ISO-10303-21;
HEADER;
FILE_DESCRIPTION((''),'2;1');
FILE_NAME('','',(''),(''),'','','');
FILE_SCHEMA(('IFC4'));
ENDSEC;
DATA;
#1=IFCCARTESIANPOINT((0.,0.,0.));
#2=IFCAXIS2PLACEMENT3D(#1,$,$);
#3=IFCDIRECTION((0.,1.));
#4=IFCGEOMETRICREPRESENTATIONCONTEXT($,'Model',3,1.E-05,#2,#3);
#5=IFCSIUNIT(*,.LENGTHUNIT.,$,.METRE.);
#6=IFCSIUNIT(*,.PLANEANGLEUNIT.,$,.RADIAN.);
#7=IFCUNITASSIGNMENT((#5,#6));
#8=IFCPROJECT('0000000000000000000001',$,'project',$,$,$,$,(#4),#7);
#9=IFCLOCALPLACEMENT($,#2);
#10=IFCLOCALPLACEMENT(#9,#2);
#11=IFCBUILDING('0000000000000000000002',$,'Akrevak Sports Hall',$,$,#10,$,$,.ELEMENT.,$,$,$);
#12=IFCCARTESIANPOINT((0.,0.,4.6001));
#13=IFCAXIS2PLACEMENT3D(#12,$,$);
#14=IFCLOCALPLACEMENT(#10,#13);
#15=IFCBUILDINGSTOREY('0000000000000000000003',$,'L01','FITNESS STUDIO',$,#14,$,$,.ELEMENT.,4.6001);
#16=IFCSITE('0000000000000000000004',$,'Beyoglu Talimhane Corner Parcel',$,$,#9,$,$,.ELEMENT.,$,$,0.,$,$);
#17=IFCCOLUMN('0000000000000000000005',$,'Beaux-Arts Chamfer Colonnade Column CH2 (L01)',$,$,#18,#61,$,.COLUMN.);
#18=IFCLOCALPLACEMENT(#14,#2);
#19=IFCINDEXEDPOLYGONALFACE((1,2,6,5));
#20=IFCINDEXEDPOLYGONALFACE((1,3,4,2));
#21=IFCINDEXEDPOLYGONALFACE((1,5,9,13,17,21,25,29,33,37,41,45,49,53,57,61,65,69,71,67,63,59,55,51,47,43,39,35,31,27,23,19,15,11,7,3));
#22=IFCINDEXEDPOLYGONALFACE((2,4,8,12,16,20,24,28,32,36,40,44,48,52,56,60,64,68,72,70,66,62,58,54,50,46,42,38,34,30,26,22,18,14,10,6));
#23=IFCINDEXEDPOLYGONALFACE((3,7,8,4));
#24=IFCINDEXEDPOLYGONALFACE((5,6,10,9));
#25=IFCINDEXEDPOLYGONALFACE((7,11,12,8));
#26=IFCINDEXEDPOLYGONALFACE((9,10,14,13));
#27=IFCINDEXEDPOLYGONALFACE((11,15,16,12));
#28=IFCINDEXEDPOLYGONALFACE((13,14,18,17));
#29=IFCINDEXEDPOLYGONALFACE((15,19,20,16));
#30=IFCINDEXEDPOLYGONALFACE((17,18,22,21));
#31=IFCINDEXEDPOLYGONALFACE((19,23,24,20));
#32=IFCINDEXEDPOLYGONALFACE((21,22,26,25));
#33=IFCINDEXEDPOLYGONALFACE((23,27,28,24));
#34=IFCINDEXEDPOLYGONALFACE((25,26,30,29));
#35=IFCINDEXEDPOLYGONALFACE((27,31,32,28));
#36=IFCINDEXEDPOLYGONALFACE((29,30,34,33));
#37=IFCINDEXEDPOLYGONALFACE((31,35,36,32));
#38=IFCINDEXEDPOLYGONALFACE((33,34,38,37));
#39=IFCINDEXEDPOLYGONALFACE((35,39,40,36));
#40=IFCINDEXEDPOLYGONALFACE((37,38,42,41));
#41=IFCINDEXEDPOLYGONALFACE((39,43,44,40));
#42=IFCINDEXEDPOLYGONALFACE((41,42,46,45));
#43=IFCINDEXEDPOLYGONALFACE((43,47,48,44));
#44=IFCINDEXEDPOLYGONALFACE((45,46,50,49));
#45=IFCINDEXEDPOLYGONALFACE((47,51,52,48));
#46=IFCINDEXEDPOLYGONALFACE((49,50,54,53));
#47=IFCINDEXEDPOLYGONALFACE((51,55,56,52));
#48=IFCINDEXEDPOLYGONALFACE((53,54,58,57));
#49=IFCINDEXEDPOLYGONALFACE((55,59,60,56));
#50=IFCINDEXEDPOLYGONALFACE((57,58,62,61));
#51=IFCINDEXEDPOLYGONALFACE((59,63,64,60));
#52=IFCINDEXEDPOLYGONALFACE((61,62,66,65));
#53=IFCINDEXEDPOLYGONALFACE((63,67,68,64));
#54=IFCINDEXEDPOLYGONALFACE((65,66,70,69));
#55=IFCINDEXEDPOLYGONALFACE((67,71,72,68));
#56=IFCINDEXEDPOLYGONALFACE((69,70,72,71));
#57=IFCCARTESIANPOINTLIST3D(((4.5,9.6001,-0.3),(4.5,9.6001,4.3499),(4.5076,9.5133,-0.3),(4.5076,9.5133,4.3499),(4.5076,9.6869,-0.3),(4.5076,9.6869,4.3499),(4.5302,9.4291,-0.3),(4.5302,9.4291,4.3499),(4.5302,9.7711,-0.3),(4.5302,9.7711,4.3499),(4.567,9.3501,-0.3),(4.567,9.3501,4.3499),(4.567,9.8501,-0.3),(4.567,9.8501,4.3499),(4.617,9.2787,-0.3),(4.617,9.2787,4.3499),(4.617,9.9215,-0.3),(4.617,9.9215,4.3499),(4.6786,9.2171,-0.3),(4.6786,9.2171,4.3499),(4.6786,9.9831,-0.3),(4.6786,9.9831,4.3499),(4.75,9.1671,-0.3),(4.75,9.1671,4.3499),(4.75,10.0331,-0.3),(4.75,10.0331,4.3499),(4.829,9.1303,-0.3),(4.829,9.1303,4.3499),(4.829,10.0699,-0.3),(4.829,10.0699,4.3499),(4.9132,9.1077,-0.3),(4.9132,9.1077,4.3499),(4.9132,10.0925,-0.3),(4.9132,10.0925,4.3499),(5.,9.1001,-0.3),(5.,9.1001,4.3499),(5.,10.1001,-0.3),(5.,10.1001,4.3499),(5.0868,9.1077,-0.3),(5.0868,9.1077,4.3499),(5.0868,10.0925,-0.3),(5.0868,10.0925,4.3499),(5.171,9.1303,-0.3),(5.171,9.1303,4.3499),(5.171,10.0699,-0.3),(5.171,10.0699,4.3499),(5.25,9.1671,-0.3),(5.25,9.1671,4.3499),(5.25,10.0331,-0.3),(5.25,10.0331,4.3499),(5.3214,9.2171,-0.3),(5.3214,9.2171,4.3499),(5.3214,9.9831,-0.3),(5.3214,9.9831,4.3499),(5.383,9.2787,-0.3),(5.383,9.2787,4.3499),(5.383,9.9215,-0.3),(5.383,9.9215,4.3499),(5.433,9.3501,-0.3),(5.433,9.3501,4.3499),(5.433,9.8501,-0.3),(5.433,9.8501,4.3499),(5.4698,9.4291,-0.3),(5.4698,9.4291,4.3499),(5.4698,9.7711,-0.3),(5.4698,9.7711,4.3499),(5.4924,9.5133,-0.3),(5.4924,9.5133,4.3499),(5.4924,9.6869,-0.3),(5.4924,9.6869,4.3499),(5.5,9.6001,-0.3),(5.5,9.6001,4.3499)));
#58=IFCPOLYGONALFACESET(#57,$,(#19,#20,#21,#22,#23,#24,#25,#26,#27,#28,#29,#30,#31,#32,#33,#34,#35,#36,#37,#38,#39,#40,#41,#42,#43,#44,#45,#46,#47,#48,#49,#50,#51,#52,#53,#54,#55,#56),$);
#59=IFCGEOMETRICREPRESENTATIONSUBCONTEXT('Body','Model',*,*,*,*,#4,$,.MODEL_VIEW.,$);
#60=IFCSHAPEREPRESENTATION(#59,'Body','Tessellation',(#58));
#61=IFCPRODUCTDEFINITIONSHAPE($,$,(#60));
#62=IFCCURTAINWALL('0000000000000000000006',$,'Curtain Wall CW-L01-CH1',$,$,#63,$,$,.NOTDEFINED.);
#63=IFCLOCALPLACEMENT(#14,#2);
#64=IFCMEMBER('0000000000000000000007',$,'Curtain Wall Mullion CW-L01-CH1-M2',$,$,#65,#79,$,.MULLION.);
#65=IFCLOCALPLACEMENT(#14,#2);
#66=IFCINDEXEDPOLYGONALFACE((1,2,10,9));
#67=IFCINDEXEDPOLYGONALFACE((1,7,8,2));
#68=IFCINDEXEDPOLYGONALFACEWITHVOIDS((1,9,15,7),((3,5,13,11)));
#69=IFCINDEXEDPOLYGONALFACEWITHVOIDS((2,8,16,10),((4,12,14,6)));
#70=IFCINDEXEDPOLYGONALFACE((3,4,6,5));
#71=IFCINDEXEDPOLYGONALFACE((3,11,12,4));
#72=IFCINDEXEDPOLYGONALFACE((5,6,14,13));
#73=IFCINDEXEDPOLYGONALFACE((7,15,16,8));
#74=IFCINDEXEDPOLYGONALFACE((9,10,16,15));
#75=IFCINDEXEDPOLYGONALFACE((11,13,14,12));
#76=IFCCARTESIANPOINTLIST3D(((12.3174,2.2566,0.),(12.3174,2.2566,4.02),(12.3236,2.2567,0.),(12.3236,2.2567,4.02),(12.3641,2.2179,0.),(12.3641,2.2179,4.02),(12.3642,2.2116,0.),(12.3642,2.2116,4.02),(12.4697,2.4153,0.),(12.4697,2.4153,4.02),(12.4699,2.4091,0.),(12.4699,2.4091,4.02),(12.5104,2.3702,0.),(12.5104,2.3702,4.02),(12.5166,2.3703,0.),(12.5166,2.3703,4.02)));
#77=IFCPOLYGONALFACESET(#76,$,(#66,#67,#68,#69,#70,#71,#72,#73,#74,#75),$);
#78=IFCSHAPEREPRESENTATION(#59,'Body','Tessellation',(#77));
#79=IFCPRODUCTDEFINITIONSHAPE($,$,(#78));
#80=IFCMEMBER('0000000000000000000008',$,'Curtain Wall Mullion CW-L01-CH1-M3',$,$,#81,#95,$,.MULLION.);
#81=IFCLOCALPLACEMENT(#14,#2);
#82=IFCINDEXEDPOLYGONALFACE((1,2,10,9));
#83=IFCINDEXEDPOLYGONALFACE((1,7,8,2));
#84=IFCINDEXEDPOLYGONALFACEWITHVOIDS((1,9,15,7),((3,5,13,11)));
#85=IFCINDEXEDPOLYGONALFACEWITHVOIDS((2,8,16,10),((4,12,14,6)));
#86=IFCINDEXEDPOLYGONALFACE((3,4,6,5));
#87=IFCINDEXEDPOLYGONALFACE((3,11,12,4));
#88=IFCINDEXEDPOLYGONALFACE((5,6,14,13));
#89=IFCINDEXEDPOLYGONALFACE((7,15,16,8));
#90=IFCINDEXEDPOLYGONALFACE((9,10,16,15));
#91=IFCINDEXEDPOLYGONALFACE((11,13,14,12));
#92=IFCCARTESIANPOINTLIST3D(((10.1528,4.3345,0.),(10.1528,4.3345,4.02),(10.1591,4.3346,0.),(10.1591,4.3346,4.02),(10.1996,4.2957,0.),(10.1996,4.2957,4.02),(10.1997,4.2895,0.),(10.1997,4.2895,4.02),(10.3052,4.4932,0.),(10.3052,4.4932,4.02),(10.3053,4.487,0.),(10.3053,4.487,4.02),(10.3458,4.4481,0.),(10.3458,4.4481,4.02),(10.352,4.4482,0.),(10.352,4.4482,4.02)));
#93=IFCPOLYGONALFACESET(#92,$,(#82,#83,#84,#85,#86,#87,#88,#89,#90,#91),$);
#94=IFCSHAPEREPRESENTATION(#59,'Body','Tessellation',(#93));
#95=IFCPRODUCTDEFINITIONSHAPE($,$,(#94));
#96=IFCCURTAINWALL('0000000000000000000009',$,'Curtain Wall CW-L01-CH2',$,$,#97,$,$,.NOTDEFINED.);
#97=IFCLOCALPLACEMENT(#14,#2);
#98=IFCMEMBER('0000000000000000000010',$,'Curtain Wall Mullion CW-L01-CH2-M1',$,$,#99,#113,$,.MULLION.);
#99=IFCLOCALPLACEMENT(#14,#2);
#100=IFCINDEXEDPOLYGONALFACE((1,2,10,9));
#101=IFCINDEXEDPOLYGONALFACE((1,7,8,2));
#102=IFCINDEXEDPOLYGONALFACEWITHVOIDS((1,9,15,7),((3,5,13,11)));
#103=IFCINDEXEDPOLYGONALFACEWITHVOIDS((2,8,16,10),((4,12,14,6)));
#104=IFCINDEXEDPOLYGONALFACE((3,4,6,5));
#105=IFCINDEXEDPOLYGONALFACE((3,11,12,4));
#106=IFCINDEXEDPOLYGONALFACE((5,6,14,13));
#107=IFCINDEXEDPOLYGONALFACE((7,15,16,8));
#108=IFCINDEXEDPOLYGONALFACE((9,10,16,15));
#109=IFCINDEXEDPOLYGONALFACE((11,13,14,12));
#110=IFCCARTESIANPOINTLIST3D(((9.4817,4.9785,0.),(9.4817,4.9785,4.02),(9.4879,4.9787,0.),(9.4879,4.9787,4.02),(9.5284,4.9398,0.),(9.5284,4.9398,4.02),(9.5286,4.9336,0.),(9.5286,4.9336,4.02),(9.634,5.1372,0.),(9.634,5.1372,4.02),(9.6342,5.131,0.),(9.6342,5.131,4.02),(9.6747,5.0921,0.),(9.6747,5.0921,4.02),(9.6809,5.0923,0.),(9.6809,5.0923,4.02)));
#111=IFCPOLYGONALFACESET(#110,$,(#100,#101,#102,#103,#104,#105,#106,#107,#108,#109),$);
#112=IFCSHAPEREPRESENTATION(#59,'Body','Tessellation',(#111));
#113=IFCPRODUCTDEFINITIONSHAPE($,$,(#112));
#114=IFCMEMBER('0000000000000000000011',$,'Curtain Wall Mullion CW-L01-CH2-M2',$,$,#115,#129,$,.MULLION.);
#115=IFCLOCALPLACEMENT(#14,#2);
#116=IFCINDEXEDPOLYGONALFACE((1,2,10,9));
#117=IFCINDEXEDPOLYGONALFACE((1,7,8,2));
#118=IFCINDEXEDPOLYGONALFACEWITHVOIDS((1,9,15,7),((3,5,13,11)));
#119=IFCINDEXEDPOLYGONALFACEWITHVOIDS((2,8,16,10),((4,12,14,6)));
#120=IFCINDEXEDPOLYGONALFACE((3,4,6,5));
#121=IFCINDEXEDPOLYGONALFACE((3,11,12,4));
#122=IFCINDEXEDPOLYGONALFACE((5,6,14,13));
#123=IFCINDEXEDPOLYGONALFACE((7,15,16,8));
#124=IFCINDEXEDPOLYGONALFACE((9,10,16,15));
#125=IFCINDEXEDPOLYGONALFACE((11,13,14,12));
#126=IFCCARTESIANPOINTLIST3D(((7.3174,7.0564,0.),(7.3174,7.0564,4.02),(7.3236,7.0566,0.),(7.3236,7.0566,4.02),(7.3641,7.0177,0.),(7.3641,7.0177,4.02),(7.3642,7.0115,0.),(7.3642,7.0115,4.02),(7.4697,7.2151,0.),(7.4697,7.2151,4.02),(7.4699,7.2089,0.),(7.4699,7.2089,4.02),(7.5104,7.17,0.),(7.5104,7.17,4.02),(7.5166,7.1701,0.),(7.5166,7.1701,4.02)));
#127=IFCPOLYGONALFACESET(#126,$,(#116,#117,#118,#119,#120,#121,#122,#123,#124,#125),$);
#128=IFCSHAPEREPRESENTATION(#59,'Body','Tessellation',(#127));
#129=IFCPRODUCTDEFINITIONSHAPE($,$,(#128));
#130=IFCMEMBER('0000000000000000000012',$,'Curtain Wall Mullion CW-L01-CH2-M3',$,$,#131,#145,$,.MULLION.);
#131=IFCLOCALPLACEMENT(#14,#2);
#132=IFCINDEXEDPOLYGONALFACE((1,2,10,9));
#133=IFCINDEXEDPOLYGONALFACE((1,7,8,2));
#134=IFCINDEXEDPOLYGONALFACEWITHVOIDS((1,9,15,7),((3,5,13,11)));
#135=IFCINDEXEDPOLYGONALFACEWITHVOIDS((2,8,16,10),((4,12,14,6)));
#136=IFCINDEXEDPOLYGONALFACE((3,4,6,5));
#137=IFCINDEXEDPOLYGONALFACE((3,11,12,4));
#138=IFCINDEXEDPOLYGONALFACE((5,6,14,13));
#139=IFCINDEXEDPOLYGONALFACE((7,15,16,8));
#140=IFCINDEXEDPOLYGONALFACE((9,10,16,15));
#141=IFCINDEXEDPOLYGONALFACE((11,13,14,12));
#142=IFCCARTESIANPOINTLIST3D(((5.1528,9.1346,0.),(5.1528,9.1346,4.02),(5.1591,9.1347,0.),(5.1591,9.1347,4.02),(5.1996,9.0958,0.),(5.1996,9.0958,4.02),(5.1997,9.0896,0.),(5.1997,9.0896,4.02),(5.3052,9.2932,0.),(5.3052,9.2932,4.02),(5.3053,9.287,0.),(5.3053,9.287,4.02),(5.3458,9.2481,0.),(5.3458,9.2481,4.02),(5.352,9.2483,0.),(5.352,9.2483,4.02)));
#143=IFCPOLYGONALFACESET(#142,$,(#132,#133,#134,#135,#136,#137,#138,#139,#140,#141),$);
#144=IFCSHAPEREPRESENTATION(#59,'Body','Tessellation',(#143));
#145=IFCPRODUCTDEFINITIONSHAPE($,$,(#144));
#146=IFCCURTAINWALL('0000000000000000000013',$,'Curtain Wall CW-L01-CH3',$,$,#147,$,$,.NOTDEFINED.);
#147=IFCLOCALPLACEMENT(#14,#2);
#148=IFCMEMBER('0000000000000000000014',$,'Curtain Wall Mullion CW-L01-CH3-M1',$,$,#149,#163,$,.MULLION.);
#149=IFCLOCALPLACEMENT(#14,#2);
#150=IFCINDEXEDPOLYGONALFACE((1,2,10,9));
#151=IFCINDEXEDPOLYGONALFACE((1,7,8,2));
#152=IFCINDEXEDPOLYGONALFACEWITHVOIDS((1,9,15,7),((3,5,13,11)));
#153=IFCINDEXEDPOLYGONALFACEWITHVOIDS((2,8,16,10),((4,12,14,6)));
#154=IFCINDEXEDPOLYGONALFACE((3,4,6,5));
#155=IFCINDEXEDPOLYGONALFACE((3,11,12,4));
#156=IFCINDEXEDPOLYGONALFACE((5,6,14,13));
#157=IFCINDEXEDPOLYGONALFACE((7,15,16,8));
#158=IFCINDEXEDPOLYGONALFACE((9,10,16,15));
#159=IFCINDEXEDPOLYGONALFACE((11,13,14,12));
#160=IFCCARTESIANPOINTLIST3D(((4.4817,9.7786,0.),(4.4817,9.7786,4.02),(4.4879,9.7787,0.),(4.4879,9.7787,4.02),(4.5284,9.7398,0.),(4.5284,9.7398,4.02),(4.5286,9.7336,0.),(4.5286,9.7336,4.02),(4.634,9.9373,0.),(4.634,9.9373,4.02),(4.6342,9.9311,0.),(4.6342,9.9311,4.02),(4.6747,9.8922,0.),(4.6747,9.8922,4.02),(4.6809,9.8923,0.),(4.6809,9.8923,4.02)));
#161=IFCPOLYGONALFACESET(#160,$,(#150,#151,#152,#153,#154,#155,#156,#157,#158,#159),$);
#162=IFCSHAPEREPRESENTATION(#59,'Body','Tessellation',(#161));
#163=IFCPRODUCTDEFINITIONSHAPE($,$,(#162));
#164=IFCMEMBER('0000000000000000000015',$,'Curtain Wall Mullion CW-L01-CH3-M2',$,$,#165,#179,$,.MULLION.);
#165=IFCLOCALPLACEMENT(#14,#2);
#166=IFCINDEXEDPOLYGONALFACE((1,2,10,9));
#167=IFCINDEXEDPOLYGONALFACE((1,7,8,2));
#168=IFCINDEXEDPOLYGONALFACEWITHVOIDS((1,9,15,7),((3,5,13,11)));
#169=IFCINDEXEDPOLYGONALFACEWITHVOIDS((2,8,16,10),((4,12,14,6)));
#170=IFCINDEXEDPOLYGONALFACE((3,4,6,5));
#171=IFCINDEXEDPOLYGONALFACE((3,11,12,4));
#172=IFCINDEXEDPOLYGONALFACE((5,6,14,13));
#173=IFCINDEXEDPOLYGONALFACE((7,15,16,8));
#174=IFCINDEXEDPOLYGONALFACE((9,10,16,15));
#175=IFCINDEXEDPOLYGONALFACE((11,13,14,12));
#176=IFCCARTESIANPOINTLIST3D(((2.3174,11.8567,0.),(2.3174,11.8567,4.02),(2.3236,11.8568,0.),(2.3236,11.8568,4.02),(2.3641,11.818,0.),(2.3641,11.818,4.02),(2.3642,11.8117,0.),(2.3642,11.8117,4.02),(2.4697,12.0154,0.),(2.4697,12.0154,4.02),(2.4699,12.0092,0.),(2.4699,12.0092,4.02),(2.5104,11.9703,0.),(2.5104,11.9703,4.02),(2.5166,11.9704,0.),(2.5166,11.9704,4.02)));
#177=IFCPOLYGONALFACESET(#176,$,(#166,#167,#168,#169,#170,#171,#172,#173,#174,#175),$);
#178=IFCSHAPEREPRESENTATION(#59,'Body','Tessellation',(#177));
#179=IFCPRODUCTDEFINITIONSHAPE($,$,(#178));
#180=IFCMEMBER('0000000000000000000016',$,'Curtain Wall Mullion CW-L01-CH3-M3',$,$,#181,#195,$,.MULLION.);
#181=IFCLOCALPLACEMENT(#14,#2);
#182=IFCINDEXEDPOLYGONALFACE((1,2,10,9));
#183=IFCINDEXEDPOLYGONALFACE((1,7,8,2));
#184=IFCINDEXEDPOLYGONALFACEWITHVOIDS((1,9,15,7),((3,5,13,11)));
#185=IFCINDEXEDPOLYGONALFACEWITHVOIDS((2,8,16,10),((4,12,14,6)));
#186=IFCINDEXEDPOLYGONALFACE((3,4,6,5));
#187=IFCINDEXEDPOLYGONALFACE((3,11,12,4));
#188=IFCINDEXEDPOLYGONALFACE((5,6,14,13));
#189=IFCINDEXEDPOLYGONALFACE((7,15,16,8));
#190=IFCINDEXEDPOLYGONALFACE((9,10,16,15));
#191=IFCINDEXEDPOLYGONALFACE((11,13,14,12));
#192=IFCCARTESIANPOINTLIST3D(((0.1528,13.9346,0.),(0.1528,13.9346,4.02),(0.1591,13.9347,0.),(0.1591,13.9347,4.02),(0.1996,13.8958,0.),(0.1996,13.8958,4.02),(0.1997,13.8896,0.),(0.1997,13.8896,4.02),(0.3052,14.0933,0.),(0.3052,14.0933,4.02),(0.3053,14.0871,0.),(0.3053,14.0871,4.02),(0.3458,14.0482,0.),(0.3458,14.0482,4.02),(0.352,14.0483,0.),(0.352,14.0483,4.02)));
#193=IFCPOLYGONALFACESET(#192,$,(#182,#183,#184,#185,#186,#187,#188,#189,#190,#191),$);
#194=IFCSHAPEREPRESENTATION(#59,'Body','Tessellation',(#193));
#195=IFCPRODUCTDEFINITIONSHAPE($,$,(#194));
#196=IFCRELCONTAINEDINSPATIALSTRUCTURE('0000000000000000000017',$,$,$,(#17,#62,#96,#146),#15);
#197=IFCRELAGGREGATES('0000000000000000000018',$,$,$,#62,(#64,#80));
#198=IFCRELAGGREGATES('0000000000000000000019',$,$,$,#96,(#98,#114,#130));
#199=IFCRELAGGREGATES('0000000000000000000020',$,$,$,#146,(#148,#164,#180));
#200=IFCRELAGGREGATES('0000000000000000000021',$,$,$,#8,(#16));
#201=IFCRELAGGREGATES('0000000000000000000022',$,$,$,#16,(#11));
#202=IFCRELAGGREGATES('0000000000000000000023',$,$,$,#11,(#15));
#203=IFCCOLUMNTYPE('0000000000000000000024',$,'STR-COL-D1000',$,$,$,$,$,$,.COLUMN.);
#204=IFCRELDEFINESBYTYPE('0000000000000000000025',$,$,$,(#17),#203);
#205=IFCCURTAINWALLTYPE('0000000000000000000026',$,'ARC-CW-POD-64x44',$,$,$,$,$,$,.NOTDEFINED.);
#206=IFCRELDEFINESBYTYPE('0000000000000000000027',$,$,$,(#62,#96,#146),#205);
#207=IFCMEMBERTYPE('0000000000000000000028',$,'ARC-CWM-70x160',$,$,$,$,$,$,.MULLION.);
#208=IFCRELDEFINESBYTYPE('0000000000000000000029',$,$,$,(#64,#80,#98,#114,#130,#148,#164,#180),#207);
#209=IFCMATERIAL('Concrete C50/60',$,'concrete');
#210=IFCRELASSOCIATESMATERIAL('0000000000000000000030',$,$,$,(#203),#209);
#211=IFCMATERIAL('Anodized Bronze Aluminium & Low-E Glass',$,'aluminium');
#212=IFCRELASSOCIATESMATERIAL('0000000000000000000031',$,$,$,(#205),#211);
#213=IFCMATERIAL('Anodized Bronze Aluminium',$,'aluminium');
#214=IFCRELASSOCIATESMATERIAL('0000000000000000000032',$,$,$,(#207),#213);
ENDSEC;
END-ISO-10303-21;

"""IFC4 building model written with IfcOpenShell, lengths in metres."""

from ifc_helpers import new_model, si_unit, direction, frame, origin, origin_2d, place, context, subcontext, project, spatial, hollow_rectangle, circle, extrude, material, material_profile, profile_set, type_object, element, aggregate, save


model = new_model("IFC4")

# Units and contexts
model_context = context("Model", 3, precision=1e-05, world=origin(), true_north=direction((0.0, 1.0)))
body_context = subcontext(model_context, "Body", "Model", "MODEL_VIEW")
ifc_project = project(units=[si_unit("LENGTHUNIT", "METRE"), si_unit("PLANEANGLEUNIT", "RADIAN")], contexts=[model_context])

# Site, building, storey
site_placement = place(None, origin())
site = spatial("IfcSite", under=ifc_project, at=site_placement, Name="Beyoglu Talimhane Corner Parcel", CompositionType="ELEMENT", RefElevation=0.0)
building_placement = place(site_placement, origin())
building = spatial("IfcBuilding", under=site, at=building_placement, Name="Akrevak Sports Hall", CompositionType="ELEMENT")
storey_placement = place(building_placement, frame((0.0, 0.0, 4.6001)))
storey = spatial("IfcBuildingStorey", under=building, at=storey_placement, Name="L01", Description="FITNESS STUDIO", CompositionType="ELEMENT", Elevation=4.6001)

# Column
ifc_material_1 = material(Name="Concrete C50/60", Category="concrete")
ifc_material_profile_1 = material_profile(ifc_material_1, circle(Radius=0.5, at=origin_2d()), Name="COL D1000", Category="concrete")
ifc_profile_set_1 = profile_set([ifc_material_profile_1], Name="Concrete C50/60")
column_type = type_object("IfcColumnType", Name="STR-COL-D1000", PredefinedType="COLUMN", material=ifc_profile_set_1)
for number, where, z_axis, x_axis, name in (
    (1, (5.0, 9.6001, -0.3), (0.0, 0.0, 1.0), (1.0, 0.0, 0.0), "Beaux-Arts Chamfer Colonnade Column CH2 (L01)"),
):
    element("IfcColumn", number, at=place(storey_placement, frame(where, z_axis=z_axis, x_axis=x_axis)), inside=storey, type_object=column_type, Name=name, PredefinedType="COLUMN", context=body_context, shape_type="SweptSolid", body=[
        extrude(circle(Radius=0.5, at=origin_2d()), origin(), (0.0, 0.0, 1.0), 4.6499),
    ])

# Curtain walls, members
ifc_material_2 = material(Name="Anodized Bronze Aluminium & Low-E Glass", Category="aluminium")
curtain_wall_type = type_object("IfcCurtainWallType", Name="ARC-CW-POD-64x44", PredefinedType="NOTDEFINED", material=ifc_material_2)
curtain_wall_1_placement = place(storey_placement, origin())
curtain_wall_1 = element("IfcCurtainWall", 2, at=curtain_wall_1_placement, inside=storey, type_object=curtain_wall_type, Name="Curtain Wall CW-L01-CH1", PredefinedType="NOTDEFINED")
ifc_material_3 = material(Name="Anodized Bronze Aluminium", Category="aluminium")
ifc_material_profile_2 = material_profile(ifc_material_3, hollow_rectangle(XDim=0.0649, YDim=0.22, WallThickness=0.0044, at=origin_2d()), Name="CWM 65x220", Category="aluminium")
ifc_profile_set_2 = profile_set([ifc_material_profile_2], Name="Anodized Bronze Aluminium")
member_type_1 = type_object("IfcMemberType", Name="ARC-CWM-70x160", PredefinedType="MULLION", material=ifc_profile_set_2)
member_1_placement = place(storey_placement, frame((12.417, 2.3135, 0.0), z_axis=(0.0, 0.0, 1.0), x_axis=(-0.721386, 0.692534, 0.0)))
member_1 = element("IfcMember", 3, at=member_1_placement, type_object=member_type_1, Name="Curtain Wall Mullion CW-L01-CH1-M2", PredefinedType="MULLION", context=body_context, shape_type="SweptSolid", body=[
    extrude(hollow_rectangle(XDim=0.0649, YDim=0.22, WallThickness=0.0044, at=origin_2d()), origin(), (0.0, 0.0, 1.0), 4.02),
])
member_2_placement = place(storey_placement, frame((10.2524, 4.3914, 0.0), z_axis=(0.0, 0.0, 1.0), x_axis=(-0.721386, 0.692534, 0.0)))
member_2 = element("IfcMember", 4, at=member_2_placement, type_object=member_type_1, Name="Curtain Wall Mullion CW-L01-CH1-M3", PredefinedType="MULLION", context=body_context, shape_type="SweptSolid", body=[
    extrude(hollow_rectangle(XDim=0.0649, YDim=0.22, WallThickness=0.0044, at=origin_2d()), origin(), (0.0, 0.0, 1.0), 4.02),
])
curtain_wall_2_placement = place(storey_placement, origin())
curtain_wall_2 = element("IfcCurtainWall", 5, at=curtain_wall_2_placement, inside=storey, type_object=curtain_wall_type, Name="Curtain Wall CW-L01-CH2", PredefinedType="NOTDEFINED")
member_3_placement = place(storey_placement, frame((9.5813, 5.0354, 0.0), z_axis=(0.0, 0.0, 1.0), x_axis=(-0.721386, 0.692534, 0.0)))
member_3 = element("IfcMember", 6, at=member_3_placement, type_object=member_type_1, Name="Curtain Wall Mullion CW-L01-CH2-M1", PredefinedType="MULLION", context=body_context, shape_type="SweptSolid", body=[
    extrude(hollow_rectangle(XDim=0.0649, YDim=0.22, WallThickness=0.0044, at=origin_2d()), origin(), (0.0, 0.0, 1.0), 4.02),
])
member_4_placement = place(storey_placement, frame((7.417, 7.1133, 0.0), z_axis=(0.0, 0.0, 1.0), x_axis=(-0.721386, 0.692534, 0.0)))
member_4 = element("IfcMember", 7, at=member_4_placement, type_object=member_type_1, Name="Curtain Wall Mullion CW-L01-CH2-M2", PredefinedType="MULLION", context=body_context, shape_type="SweptSolid", body=[
    extrude(hollow_rectangle(XDim=0.0649, YDim=0.22, WallThickness=0.0044, at=origin_2d()), origin(), (0.0, 0.0, 1.0), 4.02),
])
member_5_placement = place(storey_placement, frame((5.2524, 9.1914, 0.0), z_axis=(0.0, 0.0, 1.0), x_axis=(-0.721386, 0.692534, 0.0)))
member_5 = element("IfcMember", 8, at=member_5_placement, type_object=member_type_1, Name="Curtain Wall Mullion CW-L01-CH2-M3", PredefinedType="MULLION", context=body_context, shape_type="SweptSolid", body=[
    extrude(hollow_rectangle(XDim=0.0649, YDim=0.22, WallThickness=0.0044, at=origin_2d()), origin(), (0.0, 0.0, 1.0), 4.02),
])
curtain_wall_3_placement = place(storey_placement, origin())
curtain_wall_3 = element("IfcCurtainWall", 9, at=curtain_wall_3_placement, inside=storey, type_object=curtain_wall_type, Name="Curtain Wall CW-L01-CH3", PredefinedType="NOTDEFINED")
member_6_placement = place(storey_placement, frame((4.5813, 9.8354, 0.0), z_axis=(0.0, 0.0, 1.0), x_axis=(-0.721386, 0.692534, 0.0)))
member_6 = element("IfcMember", 10, at=member_6_placement, type_object=member_type_1, Name="Curtain Wall Mullion CW-L01-CH3-M1", PredefinedType="MULLION", context=body_context, shape_type="SweptSolid", body=[
    extrude(hollow_rectangle(XDim=0.0649, YDim=0.22, WallThickness=0.0044, at=origin_2d()), origin(), (0.0, 0.0, 1.0), 4.02),
])
member_7_placement = place(storey_placement, frame((2.417, 11.9136, 0.0), z_axis=(0.0, 0.0, 1.0), x_axis=(-0.721386, 0.692534, 0.0)))
member_7 = element("IfcMember", 11, at=member_7_placement, type_object=member_type_1, Name="Curtain Wall Mullion CW-L01-CH3-M2", PredefinedType="MULLION", context=body_context, shape_type="SweptSolid", body=[
    extrude(hollow_rectangle(XDim=0.0649, YDim=0.22, WallThickness=0.0044, at=origin_2d()), origin(), (0.0, 0.0, 1.0), 4.02),
])
member_8_placement = place(storey_placement, frame((0.2524, 13.9915, 0.0), z_axis=(0.0, 0.0, 1.0), x_axis=(-0.721386, 0.692534, 0.0)))
member_8 = element("IfcMember", 12, at=member_8_placement, type_object=member_type_1, Name="Curtain Wall Mullion CW-L01-CH3-M3", PredefinedType="MULLION", context=body_context, shape_type="SweptSolid", body=[
    extrude(hollow_rectangle(XDim=0.0649, YDim=0.22, WallThickness=0.0044, at=origin_2d()), origin(), (0.0, 0.0, 1.0), 4.02),
])

aggregate(curtain_wall_1, [member_1, member_2])
aggregate(curtain_wall_2, [member_3, member_4, member_5])
aggregate(curtain_wall_3, [member_6, member_7, member_8])

save(model, "model.ifc")
